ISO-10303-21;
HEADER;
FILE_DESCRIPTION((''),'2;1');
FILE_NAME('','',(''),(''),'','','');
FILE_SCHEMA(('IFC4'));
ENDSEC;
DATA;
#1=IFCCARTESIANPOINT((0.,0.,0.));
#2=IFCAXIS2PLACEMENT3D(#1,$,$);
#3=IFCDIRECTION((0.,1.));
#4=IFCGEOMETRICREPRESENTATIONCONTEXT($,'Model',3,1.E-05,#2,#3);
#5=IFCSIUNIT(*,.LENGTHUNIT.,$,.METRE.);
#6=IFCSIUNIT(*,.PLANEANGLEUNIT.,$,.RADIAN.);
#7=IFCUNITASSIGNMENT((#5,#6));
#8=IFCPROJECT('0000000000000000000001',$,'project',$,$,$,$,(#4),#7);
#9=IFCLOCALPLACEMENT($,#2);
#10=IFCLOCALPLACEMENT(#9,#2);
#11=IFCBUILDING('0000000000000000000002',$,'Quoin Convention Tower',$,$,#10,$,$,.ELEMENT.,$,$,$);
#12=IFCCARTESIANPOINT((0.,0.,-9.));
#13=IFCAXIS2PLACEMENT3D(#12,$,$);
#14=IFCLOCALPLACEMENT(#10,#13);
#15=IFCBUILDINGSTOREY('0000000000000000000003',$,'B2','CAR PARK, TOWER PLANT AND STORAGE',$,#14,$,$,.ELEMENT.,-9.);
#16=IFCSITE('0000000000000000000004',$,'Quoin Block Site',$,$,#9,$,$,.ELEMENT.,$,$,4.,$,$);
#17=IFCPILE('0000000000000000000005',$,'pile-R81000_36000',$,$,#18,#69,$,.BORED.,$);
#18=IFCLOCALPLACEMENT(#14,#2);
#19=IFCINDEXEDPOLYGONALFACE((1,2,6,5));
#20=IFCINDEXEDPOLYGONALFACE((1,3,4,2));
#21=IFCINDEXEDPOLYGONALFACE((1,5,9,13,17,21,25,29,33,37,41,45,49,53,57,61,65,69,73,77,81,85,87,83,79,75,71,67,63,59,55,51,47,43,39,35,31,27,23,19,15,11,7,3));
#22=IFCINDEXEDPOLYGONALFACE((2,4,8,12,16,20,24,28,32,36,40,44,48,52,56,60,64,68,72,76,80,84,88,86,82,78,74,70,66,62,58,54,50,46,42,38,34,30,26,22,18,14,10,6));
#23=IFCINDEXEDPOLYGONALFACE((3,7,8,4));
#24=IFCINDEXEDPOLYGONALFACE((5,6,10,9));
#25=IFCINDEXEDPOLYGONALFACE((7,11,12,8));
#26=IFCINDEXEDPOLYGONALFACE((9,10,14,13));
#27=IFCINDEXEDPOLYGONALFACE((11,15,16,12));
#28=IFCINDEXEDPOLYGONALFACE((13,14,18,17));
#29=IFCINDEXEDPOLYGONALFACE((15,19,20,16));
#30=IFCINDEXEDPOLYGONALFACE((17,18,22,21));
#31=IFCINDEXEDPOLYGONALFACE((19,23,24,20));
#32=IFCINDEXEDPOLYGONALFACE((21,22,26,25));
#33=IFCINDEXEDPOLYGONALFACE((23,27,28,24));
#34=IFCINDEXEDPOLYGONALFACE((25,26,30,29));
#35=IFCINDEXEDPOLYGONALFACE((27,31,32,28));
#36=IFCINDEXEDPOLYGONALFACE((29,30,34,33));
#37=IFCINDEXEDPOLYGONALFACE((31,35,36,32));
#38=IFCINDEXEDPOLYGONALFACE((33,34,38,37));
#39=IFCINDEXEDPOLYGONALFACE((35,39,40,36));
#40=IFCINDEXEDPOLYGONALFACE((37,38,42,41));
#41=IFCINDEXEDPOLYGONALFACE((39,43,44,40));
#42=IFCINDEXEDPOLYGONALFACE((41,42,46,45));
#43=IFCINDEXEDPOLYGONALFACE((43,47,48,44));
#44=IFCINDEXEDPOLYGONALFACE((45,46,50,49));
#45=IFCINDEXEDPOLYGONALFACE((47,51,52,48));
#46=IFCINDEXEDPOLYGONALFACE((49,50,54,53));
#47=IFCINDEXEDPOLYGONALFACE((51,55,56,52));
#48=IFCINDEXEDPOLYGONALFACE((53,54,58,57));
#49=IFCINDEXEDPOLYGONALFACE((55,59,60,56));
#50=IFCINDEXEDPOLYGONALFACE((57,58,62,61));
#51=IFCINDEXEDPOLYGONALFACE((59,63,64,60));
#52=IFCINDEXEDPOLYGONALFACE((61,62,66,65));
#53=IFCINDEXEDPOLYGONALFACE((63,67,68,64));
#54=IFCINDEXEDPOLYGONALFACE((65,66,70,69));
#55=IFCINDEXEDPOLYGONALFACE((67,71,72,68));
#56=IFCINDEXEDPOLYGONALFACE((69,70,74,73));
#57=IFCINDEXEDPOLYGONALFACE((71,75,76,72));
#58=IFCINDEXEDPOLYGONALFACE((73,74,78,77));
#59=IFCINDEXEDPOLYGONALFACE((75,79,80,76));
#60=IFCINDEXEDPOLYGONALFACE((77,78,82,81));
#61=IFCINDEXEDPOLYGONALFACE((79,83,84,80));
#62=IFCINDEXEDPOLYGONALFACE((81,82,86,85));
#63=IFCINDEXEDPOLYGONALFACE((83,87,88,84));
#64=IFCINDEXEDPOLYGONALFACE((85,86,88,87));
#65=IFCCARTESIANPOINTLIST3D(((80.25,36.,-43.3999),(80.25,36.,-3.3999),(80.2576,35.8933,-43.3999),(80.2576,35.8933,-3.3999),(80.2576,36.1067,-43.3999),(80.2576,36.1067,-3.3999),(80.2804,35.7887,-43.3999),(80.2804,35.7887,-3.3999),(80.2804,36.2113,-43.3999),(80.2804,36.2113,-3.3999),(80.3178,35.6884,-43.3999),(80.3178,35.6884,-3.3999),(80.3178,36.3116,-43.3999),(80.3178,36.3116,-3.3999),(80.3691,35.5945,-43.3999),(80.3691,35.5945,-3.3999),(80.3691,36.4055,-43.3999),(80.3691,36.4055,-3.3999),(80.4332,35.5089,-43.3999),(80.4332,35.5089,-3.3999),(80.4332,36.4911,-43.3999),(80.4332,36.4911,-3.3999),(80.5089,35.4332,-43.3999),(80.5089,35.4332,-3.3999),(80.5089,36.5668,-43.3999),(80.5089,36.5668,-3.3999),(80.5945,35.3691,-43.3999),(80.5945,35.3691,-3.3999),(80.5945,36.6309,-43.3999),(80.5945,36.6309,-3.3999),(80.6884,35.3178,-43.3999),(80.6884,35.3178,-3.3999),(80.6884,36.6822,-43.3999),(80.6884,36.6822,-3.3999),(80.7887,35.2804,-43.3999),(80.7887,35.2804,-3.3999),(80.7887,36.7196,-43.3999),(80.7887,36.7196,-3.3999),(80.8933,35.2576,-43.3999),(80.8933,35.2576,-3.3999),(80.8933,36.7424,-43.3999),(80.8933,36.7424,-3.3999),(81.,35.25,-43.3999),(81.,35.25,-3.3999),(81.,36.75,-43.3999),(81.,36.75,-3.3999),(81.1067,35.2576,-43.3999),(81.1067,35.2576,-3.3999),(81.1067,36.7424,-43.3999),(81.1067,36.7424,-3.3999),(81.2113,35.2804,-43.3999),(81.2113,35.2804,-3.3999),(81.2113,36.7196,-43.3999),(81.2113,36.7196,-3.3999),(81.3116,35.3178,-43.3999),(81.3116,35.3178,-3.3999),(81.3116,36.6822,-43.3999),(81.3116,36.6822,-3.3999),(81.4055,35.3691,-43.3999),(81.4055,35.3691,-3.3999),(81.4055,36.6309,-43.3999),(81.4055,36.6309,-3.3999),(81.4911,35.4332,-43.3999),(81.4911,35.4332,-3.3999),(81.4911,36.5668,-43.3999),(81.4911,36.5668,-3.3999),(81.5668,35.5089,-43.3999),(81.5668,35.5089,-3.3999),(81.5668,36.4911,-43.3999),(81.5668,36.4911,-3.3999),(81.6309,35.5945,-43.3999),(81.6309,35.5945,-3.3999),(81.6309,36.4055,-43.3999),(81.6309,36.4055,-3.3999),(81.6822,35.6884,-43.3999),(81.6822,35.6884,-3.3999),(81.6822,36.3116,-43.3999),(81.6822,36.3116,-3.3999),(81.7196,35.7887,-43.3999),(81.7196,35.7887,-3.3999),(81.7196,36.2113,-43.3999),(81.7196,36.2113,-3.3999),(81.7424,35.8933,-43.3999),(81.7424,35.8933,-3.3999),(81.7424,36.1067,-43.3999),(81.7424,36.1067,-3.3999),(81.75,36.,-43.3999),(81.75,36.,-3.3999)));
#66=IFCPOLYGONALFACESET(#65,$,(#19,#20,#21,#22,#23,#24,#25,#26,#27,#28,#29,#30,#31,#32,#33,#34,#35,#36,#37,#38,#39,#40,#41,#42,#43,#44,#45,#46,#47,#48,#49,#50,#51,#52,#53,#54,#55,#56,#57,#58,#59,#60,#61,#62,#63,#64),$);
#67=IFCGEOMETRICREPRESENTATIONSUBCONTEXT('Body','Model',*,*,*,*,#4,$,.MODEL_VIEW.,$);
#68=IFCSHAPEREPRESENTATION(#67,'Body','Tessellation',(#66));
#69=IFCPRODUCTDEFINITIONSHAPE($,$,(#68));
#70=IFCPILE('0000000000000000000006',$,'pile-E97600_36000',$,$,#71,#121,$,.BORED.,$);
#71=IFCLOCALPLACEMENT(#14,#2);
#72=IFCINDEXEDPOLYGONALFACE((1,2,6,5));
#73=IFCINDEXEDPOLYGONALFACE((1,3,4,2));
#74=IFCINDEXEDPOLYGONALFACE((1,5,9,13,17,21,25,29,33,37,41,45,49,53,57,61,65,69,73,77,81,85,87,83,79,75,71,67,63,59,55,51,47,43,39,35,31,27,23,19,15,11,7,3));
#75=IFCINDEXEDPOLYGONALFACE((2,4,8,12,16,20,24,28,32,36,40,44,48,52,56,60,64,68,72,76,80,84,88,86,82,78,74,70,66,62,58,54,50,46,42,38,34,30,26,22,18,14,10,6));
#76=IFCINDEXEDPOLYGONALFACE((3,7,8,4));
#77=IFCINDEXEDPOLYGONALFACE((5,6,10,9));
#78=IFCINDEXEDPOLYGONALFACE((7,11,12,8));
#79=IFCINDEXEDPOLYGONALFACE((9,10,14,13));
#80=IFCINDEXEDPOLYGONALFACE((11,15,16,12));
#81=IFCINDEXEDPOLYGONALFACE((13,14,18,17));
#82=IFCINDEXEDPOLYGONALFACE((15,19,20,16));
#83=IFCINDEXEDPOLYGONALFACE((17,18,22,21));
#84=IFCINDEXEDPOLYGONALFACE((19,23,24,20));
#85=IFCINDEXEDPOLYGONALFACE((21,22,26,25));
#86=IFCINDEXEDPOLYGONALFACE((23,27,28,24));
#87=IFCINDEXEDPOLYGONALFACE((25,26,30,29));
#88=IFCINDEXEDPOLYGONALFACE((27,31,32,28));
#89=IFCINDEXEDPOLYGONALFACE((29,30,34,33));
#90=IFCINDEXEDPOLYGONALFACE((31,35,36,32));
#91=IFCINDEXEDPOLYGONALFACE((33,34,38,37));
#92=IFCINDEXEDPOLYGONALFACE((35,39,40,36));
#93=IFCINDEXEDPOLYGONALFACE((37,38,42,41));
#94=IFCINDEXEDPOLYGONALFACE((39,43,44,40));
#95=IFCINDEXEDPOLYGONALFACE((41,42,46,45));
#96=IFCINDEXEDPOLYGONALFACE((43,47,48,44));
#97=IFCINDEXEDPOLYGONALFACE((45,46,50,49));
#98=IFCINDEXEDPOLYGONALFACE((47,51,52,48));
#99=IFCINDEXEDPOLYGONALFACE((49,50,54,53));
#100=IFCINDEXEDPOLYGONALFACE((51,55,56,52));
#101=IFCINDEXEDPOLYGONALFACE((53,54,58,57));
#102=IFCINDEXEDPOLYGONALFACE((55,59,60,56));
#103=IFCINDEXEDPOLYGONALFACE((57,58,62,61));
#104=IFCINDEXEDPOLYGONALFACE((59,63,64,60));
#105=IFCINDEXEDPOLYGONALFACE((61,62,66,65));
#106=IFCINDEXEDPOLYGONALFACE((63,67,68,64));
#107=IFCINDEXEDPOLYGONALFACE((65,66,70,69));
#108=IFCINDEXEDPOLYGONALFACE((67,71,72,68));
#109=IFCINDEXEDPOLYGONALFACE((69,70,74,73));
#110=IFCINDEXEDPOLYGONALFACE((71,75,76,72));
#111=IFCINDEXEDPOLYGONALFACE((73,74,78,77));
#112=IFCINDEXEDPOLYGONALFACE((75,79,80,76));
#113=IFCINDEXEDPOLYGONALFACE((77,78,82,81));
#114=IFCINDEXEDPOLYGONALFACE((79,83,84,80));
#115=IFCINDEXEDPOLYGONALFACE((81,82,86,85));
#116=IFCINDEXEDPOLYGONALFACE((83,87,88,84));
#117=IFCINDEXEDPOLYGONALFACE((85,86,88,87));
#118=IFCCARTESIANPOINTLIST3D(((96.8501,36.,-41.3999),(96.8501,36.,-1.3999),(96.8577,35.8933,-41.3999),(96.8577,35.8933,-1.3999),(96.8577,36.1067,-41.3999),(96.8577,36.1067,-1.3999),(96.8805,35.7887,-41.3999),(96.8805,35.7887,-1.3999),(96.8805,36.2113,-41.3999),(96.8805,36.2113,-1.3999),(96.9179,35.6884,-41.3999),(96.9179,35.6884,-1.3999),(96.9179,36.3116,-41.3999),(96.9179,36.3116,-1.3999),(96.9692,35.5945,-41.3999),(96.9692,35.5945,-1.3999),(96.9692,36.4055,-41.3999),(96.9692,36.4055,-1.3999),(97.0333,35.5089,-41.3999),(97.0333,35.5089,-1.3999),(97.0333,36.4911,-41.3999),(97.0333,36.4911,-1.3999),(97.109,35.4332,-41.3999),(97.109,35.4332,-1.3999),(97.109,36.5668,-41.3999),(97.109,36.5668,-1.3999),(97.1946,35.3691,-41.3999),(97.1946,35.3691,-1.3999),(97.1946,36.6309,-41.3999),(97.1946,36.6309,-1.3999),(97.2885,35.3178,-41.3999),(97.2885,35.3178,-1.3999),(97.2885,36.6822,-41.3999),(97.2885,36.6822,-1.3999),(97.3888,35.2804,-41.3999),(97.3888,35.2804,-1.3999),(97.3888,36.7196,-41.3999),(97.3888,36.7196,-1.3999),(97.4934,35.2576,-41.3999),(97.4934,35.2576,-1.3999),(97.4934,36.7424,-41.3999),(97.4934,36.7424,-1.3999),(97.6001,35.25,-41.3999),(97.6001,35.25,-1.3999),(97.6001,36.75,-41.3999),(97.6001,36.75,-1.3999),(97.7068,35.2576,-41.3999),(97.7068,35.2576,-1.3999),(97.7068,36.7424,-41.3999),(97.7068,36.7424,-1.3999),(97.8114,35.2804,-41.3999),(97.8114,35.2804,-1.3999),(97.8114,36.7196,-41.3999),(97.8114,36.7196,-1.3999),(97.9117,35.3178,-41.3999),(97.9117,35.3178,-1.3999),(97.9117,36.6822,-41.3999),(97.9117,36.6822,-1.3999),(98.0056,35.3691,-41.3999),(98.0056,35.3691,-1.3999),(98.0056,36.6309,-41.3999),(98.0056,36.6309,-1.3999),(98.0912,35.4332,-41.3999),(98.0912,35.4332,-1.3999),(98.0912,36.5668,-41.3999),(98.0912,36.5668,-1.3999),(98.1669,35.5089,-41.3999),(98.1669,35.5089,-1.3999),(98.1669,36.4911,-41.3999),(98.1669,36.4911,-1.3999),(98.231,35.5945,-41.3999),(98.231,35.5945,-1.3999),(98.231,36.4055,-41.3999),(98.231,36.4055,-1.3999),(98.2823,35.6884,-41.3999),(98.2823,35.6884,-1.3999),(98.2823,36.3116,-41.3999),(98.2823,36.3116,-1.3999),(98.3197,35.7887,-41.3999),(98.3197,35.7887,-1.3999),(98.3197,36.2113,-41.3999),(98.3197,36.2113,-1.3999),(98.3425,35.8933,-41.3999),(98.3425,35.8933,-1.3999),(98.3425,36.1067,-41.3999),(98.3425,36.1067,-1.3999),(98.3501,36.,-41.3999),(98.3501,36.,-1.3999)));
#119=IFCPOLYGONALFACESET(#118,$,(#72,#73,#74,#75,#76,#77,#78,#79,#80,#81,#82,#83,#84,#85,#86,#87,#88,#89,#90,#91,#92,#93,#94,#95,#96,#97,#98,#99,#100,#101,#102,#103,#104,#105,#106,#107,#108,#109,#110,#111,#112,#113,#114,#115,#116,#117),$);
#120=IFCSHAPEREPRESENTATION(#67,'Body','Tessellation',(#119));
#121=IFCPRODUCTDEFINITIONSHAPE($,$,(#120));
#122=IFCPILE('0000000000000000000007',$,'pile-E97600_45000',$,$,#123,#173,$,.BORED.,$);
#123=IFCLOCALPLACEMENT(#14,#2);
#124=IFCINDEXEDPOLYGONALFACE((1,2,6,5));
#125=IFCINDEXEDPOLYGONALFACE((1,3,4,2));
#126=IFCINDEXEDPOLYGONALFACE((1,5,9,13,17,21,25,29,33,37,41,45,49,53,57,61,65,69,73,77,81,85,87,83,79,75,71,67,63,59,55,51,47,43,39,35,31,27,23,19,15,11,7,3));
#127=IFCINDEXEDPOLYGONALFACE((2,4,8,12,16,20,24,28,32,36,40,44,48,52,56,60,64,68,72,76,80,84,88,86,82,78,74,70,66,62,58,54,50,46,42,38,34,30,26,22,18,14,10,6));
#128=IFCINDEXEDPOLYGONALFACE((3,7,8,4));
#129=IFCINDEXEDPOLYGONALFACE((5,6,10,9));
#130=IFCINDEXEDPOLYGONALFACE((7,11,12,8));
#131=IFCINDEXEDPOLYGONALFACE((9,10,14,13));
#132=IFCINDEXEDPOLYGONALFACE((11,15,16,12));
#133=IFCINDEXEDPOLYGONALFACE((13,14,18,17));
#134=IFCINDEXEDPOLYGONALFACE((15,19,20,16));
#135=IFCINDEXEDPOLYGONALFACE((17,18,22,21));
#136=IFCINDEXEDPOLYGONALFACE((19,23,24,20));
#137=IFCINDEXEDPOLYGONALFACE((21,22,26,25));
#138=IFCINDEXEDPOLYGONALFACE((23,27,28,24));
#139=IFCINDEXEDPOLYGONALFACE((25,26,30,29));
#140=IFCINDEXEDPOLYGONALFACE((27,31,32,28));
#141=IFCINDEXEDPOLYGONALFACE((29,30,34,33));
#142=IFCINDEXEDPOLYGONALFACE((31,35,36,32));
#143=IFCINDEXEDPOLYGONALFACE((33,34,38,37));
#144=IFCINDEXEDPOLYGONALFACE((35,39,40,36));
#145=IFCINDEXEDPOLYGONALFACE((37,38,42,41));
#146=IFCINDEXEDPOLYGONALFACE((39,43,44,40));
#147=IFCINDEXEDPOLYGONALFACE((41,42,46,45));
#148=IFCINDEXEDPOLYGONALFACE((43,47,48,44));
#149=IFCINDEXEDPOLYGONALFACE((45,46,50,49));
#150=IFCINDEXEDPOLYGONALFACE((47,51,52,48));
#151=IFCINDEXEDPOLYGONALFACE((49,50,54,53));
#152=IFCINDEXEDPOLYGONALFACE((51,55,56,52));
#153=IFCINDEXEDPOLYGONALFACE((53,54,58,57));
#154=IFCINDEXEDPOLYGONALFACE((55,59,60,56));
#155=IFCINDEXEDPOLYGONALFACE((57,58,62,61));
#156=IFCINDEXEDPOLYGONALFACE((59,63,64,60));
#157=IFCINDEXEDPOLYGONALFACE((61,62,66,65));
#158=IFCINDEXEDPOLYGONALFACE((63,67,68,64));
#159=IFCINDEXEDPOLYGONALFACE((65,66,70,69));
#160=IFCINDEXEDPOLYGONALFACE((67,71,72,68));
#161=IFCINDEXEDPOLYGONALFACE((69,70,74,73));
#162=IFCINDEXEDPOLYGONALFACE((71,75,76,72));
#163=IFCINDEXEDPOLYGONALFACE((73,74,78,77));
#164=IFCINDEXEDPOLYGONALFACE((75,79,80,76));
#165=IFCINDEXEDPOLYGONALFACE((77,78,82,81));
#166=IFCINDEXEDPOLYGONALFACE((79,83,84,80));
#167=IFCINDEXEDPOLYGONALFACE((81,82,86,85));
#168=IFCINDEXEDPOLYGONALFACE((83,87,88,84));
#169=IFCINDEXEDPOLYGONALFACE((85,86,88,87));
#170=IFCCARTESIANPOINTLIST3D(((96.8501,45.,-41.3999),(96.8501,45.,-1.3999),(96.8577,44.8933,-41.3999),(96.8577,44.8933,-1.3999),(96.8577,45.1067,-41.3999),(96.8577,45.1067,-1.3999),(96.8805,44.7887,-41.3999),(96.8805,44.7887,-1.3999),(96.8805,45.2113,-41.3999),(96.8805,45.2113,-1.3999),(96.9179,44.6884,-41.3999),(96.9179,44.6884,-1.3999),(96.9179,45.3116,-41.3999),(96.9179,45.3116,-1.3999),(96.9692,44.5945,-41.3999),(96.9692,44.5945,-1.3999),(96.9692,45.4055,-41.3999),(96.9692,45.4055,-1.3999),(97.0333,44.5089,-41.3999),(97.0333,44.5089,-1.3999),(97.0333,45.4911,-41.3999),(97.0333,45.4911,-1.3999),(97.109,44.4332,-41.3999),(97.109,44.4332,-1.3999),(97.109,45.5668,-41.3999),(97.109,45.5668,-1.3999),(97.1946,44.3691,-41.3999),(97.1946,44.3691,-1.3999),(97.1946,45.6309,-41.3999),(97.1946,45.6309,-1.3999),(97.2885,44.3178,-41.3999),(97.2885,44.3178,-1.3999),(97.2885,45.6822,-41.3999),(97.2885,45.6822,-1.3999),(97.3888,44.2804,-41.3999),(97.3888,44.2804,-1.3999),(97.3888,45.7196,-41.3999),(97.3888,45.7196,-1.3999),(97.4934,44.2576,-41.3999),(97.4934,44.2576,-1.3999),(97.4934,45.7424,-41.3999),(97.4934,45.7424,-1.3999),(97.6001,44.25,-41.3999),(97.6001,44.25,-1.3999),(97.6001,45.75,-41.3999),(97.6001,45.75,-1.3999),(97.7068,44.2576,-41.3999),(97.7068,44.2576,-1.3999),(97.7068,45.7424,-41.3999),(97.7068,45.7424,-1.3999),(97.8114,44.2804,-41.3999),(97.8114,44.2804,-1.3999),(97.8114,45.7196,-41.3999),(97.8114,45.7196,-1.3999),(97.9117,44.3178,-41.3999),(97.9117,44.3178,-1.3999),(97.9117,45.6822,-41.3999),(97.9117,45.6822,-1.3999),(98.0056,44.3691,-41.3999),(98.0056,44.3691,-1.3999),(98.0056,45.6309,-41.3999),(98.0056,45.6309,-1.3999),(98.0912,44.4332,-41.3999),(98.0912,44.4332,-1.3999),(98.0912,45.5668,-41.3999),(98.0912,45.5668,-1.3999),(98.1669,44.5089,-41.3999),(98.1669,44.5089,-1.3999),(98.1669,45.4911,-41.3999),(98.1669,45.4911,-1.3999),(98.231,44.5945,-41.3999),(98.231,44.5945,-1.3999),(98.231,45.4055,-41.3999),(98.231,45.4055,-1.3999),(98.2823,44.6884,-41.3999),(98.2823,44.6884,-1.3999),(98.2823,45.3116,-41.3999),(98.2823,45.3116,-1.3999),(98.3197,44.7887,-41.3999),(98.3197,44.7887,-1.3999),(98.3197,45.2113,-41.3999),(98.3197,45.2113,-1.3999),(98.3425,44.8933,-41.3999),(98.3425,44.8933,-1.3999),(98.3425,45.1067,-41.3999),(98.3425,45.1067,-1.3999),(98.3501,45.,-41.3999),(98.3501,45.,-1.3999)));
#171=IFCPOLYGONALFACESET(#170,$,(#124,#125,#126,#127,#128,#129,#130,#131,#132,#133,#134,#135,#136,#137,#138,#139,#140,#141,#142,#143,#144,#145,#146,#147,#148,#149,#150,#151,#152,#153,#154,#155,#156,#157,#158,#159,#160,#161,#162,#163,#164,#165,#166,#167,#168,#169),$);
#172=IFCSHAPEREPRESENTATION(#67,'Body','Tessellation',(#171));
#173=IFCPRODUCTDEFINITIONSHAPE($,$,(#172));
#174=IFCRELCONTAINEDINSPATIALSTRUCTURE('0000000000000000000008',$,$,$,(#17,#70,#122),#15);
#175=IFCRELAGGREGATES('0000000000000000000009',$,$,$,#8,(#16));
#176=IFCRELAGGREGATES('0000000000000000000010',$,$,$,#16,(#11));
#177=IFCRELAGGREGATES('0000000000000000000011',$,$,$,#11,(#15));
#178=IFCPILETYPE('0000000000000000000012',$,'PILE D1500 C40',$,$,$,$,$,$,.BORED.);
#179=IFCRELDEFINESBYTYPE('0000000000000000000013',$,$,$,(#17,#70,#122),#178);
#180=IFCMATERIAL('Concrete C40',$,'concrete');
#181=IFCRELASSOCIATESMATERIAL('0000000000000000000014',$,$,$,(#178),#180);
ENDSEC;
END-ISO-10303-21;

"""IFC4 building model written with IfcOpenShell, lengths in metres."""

from ifc_helpers import new_model, si_unit, direction, frame, origin, origin_2d, place, context, subcontext, project, spatial, circle, extrude, material, material_profile, profile_set, type_object, element, save


model = new_model("IFC4")

# Units and contexts
model_context = context("Model", 3, precision=1e-05, world=origin(), true_north=direction((0.0, 1.0)))
body_context = subcontext(model_context, "Body", "Model", "MODEL_VIEW")
ifc_project = project(units=[si_unit("LENGTHUNIT", "METRE"), si_unit("PLANEANGLEUNIT", "RADIAN")], contexts=[model_context])

# Site, building, storey
site_placement = place(None, origin())
site = spatial("IfcSite", under=ifc_project, at=site_placement, Name="Quoin Block Site", CompositionType="ELEMENT", RefElevation=4.0)
building_placement = place(site_placement, origin())
building = spatial("IfcBuilding", under=site, at=building_placement, Name="Quoin Convention Tower", CompositionType="ELEMENT")
storey_placement = place(building_placement, frame((0.0, 0.0, -9.0)))
storey = spatial("IfcBuildingStorey", under=building, at=storey_placement, Name="B2", Description="CAR PARK, TOWER PLANT AND STORAGE", CompositionType="ELEMENT", Elevation=-9.0)

# Piles
ifc_material_1 = material(Name="Concrete C40", Category="concrete")
ifc_material_profile_1 = material_profile(ifc_material_1, circle(Radius=0.75, at=origin_2d()), Name="D1500")
ifc_profile_set_1 = profile_set([ifc_material_profile_1], Name="Concrete C40")
pile_type = type_object("IfcPileType", Name="PILE D1500 C40", PredefinedType="BORED", material=ifc_profile_set_1)
for number, where, z_axis, x_axis, name in (
    (1, (81.0, 36.0, -3.3999), (0.0, 0.0, -1.0), (1.0, 0.0, 0.0), "pile-R81000_36000"),
    (2, (97.6001, 36.0, -1.3999), (0.0, 0.0, -1.0), (1.0, 0.0, 0.0), "pile-E97600_36000"),
    (3, (97.6001, 45.0, -1.3999), (0.0, 0.0, -1.0), (1.0, 0.0, 0.0), "pile-E97600_45000"),
):
    element("IfcPile", number, at=place(storey_placement, frame(where, z_axis=z_axis, x_axis=x_axis)), inside=storey, type_object=pile_type, Name=name, PredefinedType="BORED", context=body_context, shape_type="SweptSolid", body=[
        extrude(circle(Radius=0.75, at=origin_2d()), origin(), (0.0, 0.0, 1.0), 40.0),
    ])

save(model, "model.ifc")
